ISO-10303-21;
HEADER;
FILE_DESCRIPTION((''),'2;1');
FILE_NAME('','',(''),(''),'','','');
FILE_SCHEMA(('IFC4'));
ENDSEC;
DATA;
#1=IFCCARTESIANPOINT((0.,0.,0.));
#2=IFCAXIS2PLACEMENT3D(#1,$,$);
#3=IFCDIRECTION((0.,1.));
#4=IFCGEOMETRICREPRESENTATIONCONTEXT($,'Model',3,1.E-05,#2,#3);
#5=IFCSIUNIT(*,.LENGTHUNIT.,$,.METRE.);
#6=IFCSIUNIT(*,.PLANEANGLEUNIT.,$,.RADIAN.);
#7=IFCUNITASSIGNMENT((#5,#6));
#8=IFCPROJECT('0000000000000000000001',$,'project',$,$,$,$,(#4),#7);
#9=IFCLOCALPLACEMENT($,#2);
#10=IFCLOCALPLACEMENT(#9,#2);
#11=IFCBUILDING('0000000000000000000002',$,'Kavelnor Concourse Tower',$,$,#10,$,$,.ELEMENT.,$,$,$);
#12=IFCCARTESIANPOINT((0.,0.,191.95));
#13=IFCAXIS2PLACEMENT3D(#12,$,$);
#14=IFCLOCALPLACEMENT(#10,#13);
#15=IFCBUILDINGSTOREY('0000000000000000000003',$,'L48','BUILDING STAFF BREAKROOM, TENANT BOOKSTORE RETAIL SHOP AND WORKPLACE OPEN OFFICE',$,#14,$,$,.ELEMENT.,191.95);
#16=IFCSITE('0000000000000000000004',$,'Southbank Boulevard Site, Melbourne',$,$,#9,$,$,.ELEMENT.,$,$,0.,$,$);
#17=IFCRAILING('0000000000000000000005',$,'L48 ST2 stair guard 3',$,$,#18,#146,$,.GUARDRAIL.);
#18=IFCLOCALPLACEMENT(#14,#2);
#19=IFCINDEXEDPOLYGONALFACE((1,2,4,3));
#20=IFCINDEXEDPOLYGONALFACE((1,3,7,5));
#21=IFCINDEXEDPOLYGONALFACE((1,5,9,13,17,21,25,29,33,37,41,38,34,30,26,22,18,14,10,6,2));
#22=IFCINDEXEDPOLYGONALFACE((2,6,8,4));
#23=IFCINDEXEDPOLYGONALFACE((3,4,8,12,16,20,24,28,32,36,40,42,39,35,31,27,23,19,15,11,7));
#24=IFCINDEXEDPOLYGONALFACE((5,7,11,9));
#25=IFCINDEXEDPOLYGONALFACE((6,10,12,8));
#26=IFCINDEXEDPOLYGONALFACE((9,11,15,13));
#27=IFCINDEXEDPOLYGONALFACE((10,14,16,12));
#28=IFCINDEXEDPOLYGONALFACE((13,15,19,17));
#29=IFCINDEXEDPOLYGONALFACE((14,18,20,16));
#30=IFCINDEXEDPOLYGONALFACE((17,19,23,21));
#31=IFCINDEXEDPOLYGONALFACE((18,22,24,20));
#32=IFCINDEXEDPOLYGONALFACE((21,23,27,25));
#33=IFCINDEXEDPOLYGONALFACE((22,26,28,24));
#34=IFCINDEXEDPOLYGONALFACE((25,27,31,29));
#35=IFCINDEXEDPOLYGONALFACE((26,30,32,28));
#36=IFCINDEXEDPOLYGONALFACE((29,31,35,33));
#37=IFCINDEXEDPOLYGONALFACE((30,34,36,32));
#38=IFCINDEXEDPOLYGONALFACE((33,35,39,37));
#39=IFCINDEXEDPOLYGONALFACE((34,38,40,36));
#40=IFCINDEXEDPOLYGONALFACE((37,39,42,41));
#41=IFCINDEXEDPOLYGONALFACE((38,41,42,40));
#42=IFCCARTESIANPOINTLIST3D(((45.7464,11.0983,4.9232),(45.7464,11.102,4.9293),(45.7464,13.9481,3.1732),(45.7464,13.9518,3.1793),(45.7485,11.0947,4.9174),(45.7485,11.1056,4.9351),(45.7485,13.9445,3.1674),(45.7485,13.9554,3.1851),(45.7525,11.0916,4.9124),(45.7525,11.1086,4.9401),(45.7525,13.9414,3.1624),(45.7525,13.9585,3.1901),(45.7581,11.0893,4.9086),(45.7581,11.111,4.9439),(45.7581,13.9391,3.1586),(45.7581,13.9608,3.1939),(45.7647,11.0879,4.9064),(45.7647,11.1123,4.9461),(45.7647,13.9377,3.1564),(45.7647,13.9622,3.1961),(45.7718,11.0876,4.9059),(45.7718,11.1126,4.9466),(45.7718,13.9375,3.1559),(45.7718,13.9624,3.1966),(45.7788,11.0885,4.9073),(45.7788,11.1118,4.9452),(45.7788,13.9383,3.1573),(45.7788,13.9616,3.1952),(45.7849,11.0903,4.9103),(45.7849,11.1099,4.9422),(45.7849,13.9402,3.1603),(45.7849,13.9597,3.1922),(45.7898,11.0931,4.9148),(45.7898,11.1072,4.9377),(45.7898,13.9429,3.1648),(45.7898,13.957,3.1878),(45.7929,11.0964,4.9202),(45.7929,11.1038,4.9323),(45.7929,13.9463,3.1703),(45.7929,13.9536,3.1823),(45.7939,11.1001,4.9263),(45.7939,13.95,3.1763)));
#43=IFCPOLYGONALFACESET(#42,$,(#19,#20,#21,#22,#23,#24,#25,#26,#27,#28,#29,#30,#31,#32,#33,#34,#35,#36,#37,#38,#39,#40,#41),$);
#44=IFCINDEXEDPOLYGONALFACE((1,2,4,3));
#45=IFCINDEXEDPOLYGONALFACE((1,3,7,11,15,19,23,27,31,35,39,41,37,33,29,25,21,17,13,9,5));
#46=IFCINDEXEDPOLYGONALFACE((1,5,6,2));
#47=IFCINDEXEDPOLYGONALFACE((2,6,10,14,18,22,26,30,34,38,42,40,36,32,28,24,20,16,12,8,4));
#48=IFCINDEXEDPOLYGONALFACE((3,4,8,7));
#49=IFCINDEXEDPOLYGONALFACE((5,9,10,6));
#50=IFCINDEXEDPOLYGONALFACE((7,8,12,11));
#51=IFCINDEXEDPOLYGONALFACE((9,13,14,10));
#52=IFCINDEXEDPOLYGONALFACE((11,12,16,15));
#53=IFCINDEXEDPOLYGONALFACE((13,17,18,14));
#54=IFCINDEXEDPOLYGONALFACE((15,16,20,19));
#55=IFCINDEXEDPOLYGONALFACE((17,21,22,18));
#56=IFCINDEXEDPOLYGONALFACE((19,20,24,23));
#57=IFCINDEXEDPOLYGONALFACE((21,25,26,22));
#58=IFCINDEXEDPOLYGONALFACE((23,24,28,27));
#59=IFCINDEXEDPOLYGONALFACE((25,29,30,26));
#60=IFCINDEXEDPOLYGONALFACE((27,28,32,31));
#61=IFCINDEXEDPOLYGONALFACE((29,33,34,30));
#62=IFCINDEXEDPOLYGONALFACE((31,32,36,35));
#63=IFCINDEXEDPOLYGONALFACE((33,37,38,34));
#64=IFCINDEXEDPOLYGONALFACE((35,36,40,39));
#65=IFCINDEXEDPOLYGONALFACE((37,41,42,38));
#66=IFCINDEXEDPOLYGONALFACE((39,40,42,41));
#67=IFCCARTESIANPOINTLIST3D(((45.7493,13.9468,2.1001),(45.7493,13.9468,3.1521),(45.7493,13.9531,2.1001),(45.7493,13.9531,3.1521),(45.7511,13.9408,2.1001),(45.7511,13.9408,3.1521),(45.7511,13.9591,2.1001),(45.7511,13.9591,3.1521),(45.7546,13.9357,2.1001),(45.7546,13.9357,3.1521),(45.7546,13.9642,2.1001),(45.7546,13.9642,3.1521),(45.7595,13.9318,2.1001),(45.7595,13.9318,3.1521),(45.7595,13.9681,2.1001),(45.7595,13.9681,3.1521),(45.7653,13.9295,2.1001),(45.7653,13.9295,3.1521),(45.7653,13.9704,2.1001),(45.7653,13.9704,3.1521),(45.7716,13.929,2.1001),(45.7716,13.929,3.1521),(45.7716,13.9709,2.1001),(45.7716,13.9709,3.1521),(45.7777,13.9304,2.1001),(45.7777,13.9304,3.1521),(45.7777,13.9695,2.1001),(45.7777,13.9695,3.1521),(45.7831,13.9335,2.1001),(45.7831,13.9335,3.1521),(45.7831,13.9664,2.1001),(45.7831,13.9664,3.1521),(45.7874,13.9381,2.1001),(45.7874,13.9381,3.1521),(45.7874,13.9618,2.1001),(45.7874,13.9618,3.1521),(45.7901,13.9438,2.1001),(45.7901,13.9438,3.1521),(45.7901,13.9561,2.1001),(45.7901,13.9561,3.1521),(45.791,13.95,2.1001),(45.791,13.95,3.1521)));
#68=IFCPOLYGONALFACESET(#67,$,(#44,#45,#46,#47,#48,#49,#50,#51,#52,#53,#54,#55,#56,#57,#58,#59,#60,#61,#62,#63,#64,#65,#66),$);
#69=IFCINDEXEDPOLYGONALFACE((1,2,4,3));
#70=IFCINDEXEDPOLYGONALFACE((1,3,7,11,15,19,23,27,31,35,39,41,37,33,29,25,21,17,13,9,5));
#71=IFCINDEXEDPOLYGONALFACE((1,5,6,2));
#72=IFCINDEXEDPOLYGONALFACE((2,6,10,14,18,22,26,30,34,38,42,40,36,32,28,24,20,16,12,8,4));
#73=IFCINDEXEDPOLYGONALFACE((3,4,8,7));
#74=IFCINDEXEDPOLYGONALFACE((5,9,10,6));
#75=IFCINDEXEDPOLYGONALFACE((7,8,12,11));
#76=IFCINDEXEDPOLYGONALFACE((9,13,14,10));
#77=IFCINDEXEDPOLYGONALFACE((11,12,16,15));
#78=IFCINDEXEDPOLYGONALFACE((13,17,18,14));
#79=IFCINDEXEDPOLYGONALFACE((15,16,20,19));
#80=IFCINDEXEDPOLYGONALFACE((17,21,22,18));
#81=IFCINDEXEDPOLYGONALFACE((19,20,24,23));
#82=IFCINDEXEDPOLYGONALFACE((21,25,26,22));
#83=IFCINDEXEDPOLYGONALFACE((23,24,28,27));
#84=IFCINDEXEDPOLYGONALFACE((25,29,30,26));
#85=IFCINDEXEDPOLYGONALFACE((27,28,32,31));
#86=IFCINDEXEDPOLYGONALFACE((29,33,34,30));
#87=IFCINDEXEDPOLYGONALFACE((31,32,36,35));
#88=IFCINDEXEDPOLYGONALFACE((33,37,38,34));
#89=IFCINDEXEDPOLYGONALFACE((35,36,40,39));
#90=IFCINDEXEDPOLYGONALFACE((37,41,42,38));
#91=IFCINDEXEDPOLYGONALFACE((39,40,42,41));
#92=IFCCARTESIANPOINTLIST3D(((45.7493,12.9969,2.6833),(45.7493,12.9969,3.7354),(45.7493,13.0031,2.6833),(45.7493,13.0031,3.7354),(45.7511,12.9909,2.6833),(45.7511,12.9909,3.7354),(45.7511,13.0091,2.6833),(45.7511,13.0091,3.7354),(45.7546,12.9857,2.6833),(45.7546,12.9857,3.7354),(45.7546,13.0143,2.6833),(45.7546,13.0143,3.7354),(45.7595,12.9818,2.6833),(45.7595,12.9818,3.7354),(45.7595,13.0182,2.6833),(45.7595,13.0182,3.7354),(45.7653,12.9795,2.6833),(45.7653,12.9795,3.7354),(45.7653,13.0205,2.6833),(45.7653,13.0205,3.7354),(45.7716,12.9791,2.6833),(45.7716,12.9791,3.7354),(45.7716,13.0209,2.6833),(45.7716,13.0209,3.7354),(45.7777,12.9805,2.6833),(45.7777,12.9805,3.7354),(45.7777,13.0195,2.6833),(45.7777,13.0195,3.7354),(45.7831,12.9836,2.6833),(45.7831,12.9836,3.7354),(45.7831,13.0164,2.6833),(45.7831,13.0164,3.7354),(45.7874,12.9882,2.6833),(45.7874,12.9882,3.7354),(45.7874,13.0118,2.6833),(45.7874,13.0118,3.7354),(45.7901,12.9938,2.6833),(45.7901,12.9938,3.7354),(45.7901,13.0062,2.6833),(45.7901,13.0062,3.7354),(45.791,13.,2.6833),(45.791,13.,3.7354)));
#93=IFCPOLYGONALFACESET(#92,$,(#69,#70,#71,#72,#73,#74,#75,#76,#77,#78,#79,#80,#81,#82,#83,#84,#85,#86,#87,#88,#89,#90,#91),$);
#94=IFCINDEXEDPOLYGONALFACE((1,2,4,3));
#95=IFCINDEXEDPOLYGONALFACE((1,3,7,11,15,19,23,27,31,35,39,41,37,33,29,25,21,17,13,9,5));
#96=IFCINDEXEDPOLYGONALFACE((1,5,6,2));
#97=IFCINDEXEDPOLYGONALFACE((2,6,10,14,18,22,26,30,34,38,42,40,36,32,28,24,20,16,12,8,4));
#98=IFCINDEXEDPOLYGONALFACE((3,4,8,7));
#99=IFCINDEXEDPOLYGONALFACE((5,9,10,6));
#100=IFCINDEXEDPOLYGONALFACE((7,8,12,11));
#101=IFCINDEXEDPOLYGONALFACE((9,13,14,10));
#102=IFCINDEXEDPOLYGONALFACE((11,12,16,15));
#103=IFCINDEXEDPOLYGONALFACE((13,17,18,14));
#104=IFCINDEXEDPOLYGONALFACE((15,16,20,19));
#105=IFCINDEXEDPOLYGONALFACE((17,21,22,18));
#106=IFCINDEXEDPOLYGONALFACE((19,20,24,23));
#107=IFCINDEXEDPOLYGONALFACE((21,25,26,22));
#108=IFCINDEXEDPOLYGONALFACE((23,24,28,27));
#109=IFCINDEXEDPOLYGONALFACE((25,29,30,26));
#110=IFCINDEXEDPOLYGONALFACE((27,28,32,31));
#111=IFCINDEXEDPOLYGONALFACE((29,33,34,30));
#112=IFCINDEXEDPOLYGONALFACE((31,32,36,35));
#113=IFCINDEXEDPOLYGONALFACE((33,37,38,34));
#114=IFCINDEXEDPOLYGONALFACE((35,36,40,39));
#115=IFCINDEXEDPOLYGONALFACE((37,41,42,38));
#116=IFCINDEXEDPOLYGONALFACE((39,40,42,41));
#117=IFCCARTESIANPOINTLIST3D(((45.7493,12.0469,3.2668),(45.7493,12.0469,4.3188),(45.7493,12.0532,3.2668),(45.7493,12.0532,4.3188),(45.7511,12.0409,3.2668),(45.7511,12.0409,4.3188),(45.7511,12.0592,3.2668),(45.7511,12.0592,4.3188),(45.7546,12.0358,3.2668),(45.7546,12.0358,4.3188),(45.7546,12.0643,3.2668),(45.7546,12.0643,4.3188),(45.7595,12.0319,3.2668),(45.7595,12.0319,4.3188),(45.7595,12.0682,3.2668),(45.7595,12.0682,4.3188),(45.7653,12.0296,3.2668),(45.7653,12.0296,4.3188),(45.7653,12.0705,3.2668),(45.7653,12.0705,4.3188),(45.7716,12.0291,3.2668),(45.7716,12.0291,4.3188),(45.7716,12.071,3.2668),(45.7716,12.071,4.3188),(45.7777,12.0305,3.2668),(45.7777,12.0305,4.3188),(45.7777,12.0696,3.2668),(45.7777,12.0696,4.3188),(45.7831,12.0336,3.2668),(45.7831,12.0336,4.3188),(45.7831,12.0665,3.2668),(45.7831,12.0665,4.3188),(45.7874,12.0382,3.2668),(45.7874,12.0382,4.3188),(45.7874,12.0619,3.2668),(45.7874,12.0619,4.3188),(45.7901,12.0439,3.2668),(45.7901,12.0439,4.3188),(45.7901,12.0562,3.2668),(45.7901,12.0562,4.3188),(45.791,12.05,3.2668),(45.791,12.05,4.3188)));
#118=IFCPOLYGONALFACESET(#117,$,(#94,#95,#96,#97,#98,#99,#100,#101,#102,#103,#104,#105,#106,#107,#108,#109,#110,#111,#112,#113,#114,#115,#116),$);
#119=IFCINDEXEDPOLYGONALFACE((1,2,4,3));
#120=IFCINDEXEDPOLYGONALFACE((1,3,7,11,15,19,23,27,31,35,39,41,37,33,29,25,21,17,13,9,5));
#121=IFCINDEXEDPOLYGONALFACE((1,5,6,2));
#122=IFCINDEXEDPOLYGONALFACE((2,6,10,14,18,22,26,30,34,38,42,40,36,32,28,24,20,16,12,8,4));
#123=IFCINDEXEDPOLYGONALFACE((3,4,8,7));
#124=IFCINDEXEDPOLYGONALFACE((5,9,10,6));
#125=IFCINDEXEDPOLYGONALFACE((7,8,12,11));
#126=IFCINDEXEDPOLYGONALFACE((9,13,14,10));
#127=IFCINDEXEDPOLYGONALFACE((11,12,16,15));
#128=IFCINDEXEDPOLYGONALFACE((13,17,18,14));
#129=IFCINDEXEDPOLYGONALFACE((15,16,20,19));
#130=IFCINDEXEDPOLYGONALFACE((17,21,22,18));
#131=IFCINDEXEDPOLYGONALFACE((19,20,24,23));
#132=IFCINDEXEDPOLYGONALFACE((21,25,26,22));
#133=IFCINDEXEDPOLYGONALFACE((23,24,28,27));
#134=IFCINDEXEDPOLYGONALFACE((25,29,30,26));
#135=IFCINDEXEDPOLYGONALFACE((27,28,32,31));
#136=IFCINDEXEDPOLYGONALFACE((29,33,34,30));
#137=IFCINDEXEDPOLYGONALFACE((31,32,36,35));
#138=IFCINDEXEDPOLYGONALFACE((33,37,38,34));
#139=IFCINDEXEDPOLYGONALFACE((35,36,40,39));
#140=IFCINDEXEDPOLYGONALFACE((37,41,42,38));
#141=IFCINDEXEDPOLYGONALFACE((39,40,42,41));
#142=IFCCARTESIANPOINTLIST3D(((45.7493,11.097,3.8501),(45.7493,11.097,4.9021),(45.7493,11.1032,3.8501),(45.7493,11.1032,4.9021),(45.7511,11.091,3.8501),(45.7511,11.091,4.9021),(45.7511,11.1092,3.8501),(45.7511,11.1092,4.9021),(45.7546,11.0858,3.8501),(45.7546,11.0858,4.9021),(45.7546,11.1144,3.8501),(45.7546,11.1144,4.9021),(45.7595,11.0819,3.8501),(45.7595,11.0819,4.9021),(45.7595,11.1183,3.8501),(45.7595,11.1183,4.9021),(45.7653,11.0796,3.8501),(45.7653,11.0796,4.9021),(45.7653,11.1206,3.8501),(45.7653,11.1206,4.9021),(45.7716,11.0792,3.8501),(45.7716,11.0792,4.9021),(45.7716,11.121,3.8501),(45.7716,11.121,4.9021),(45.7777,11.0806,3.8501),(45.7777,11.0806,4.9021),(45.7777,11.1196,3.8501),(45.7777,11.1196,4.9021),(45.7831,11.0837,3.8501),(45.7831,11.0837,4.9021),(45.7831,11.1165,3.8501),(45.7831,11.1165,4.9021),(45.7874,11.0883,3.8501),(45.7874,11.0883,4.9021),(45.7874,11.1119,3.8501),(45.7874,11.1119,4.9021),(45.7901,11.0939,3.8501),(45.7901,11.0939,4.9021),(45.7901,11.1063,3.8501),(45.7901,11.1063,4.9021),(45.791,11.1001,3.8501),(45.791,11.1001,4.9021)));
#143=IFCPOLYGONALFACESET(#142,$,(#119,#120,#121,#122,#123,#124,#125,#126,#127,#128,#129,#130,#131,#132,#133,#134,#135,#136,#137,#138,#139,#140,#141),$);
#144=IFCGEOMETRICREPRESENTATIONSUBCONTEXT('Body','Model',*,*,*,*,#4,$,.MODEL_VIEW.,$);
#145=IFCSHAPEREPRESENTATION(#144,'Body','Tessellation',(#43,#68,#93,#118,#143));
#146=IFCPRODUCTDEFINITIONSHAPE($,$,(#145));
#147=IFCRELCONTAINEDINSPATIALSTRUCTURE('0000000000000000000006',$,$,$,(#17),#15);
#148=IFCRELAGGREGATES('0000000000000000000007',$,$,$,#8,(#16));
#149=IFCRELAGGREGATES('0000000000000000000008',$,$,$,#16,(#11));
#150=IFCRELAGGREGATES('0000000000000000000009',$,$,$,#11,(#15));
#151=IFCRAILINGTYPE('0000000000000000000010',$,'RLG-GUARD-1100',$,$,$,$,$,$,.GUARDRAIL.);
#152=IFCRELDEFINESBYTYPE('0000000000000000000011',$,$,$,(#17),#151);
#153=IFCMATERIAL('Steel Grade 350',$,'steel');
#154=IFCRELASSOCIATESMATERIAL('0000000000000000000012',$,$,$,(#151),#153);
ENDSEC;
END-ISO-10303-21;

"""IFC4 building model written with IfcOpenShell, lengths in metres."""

from ifc_helpers import new_model, si_unit, direction, frame, origin, origin_2d, place, context, subcontext, project, spatial, circle, extrude, material, type_object, element, save


model = new_model("IFC4")

# Units and contexts
model_context = context("Model", 3, precision=1e-05, world=origin(), true_north=direction((0.0, 1.0)))
body_context = subcontext(model_context, "Body", "Model", "MODEL_VIEW")
ifc_project = project(units=[si_unit("LENGTHUNIT", "METRE"), si_unit("PLANEANGLEUNIT", "RADIAN")], contexts=[model_context])

# Site, building, storey
site_placement = place(None, origin())
site = spatial("IfcSite", under=ifc_project, at=site_placement, Name="Southbank Boulevard Site, Melbourne", CompositionType="ELEMENT", RefElevation=0.0)
building_placement = place(site_placement, origin())
building = spatial("IfcBuilding", under=site, at=building_placement, Name="Kavelnor Concourse Tower", CompositionType="ELEMENT")
storey_placement = place(building_placement, frame((0.0, 0.0, 191.95)))
storey = spatial("IfcBuildingStorey", under=building, at=storey_placement, Name="L48", Description="BUILDING STAFF BREAKROOM, TENANT BOOKSTORE RETAIL SHOP AND WORKPLACE OPEN OFFICE", CompositionType="ELEMENT", Elevation=191.95)

# Shared definitions
ifc_material_1 = material(Name="Steel Grade 350", Category="steel")

# Railing
railing_type_1 = type_object("IfcRailingType", Name="RLG-GUARD-1100", PredefinedType="GUARDRAIL", material=ifc_material_1)
railing_1_placement = place(storey_placement, frame((45.77, 13.95, 2.1001)))
element("IfcRailing", 1, at=railing_1_placement, inside=storey, type_object=railing_type_1, Name="L48 ST2 stair guard 3", PredefinedType="GUARDRAIL", context=body_context, shape_type="SweptSolid", body=[
    extrude(circle(Radius=0.0239, at=origin_2d()), frame((0.0, 0.0, 1.0762), z_axis=(0.0, -0.852159, 0.523283), x_axis=(1.0, 0.0, 0.0)), (0.0, 0.0, 1.0), 3.3442),
    extrude(circle(Radius=0.021, at=origin_2d()), origin(), (0.0, 0.0, 1.0), 1.052),
    extrude(circle(Radius=0.021, at=origin_2d()), frame((0.0, -0.95, 0.5833)), (0.0, 0.0, 1.0), 1.052),
    extrude(circle(Radius=0.021, at=origin_2d()), frame((0.0, -1.8999, 1.1667)), (0.0, 0.0, 1.0), 1.052),
    extrude(circle(Radius=0.021, at=origin_2d()), frame((0.0, -2.8499, 1.75)), (0.0, 0.0, 1.0), 1.052),
])

save(model, "model.ifc")
